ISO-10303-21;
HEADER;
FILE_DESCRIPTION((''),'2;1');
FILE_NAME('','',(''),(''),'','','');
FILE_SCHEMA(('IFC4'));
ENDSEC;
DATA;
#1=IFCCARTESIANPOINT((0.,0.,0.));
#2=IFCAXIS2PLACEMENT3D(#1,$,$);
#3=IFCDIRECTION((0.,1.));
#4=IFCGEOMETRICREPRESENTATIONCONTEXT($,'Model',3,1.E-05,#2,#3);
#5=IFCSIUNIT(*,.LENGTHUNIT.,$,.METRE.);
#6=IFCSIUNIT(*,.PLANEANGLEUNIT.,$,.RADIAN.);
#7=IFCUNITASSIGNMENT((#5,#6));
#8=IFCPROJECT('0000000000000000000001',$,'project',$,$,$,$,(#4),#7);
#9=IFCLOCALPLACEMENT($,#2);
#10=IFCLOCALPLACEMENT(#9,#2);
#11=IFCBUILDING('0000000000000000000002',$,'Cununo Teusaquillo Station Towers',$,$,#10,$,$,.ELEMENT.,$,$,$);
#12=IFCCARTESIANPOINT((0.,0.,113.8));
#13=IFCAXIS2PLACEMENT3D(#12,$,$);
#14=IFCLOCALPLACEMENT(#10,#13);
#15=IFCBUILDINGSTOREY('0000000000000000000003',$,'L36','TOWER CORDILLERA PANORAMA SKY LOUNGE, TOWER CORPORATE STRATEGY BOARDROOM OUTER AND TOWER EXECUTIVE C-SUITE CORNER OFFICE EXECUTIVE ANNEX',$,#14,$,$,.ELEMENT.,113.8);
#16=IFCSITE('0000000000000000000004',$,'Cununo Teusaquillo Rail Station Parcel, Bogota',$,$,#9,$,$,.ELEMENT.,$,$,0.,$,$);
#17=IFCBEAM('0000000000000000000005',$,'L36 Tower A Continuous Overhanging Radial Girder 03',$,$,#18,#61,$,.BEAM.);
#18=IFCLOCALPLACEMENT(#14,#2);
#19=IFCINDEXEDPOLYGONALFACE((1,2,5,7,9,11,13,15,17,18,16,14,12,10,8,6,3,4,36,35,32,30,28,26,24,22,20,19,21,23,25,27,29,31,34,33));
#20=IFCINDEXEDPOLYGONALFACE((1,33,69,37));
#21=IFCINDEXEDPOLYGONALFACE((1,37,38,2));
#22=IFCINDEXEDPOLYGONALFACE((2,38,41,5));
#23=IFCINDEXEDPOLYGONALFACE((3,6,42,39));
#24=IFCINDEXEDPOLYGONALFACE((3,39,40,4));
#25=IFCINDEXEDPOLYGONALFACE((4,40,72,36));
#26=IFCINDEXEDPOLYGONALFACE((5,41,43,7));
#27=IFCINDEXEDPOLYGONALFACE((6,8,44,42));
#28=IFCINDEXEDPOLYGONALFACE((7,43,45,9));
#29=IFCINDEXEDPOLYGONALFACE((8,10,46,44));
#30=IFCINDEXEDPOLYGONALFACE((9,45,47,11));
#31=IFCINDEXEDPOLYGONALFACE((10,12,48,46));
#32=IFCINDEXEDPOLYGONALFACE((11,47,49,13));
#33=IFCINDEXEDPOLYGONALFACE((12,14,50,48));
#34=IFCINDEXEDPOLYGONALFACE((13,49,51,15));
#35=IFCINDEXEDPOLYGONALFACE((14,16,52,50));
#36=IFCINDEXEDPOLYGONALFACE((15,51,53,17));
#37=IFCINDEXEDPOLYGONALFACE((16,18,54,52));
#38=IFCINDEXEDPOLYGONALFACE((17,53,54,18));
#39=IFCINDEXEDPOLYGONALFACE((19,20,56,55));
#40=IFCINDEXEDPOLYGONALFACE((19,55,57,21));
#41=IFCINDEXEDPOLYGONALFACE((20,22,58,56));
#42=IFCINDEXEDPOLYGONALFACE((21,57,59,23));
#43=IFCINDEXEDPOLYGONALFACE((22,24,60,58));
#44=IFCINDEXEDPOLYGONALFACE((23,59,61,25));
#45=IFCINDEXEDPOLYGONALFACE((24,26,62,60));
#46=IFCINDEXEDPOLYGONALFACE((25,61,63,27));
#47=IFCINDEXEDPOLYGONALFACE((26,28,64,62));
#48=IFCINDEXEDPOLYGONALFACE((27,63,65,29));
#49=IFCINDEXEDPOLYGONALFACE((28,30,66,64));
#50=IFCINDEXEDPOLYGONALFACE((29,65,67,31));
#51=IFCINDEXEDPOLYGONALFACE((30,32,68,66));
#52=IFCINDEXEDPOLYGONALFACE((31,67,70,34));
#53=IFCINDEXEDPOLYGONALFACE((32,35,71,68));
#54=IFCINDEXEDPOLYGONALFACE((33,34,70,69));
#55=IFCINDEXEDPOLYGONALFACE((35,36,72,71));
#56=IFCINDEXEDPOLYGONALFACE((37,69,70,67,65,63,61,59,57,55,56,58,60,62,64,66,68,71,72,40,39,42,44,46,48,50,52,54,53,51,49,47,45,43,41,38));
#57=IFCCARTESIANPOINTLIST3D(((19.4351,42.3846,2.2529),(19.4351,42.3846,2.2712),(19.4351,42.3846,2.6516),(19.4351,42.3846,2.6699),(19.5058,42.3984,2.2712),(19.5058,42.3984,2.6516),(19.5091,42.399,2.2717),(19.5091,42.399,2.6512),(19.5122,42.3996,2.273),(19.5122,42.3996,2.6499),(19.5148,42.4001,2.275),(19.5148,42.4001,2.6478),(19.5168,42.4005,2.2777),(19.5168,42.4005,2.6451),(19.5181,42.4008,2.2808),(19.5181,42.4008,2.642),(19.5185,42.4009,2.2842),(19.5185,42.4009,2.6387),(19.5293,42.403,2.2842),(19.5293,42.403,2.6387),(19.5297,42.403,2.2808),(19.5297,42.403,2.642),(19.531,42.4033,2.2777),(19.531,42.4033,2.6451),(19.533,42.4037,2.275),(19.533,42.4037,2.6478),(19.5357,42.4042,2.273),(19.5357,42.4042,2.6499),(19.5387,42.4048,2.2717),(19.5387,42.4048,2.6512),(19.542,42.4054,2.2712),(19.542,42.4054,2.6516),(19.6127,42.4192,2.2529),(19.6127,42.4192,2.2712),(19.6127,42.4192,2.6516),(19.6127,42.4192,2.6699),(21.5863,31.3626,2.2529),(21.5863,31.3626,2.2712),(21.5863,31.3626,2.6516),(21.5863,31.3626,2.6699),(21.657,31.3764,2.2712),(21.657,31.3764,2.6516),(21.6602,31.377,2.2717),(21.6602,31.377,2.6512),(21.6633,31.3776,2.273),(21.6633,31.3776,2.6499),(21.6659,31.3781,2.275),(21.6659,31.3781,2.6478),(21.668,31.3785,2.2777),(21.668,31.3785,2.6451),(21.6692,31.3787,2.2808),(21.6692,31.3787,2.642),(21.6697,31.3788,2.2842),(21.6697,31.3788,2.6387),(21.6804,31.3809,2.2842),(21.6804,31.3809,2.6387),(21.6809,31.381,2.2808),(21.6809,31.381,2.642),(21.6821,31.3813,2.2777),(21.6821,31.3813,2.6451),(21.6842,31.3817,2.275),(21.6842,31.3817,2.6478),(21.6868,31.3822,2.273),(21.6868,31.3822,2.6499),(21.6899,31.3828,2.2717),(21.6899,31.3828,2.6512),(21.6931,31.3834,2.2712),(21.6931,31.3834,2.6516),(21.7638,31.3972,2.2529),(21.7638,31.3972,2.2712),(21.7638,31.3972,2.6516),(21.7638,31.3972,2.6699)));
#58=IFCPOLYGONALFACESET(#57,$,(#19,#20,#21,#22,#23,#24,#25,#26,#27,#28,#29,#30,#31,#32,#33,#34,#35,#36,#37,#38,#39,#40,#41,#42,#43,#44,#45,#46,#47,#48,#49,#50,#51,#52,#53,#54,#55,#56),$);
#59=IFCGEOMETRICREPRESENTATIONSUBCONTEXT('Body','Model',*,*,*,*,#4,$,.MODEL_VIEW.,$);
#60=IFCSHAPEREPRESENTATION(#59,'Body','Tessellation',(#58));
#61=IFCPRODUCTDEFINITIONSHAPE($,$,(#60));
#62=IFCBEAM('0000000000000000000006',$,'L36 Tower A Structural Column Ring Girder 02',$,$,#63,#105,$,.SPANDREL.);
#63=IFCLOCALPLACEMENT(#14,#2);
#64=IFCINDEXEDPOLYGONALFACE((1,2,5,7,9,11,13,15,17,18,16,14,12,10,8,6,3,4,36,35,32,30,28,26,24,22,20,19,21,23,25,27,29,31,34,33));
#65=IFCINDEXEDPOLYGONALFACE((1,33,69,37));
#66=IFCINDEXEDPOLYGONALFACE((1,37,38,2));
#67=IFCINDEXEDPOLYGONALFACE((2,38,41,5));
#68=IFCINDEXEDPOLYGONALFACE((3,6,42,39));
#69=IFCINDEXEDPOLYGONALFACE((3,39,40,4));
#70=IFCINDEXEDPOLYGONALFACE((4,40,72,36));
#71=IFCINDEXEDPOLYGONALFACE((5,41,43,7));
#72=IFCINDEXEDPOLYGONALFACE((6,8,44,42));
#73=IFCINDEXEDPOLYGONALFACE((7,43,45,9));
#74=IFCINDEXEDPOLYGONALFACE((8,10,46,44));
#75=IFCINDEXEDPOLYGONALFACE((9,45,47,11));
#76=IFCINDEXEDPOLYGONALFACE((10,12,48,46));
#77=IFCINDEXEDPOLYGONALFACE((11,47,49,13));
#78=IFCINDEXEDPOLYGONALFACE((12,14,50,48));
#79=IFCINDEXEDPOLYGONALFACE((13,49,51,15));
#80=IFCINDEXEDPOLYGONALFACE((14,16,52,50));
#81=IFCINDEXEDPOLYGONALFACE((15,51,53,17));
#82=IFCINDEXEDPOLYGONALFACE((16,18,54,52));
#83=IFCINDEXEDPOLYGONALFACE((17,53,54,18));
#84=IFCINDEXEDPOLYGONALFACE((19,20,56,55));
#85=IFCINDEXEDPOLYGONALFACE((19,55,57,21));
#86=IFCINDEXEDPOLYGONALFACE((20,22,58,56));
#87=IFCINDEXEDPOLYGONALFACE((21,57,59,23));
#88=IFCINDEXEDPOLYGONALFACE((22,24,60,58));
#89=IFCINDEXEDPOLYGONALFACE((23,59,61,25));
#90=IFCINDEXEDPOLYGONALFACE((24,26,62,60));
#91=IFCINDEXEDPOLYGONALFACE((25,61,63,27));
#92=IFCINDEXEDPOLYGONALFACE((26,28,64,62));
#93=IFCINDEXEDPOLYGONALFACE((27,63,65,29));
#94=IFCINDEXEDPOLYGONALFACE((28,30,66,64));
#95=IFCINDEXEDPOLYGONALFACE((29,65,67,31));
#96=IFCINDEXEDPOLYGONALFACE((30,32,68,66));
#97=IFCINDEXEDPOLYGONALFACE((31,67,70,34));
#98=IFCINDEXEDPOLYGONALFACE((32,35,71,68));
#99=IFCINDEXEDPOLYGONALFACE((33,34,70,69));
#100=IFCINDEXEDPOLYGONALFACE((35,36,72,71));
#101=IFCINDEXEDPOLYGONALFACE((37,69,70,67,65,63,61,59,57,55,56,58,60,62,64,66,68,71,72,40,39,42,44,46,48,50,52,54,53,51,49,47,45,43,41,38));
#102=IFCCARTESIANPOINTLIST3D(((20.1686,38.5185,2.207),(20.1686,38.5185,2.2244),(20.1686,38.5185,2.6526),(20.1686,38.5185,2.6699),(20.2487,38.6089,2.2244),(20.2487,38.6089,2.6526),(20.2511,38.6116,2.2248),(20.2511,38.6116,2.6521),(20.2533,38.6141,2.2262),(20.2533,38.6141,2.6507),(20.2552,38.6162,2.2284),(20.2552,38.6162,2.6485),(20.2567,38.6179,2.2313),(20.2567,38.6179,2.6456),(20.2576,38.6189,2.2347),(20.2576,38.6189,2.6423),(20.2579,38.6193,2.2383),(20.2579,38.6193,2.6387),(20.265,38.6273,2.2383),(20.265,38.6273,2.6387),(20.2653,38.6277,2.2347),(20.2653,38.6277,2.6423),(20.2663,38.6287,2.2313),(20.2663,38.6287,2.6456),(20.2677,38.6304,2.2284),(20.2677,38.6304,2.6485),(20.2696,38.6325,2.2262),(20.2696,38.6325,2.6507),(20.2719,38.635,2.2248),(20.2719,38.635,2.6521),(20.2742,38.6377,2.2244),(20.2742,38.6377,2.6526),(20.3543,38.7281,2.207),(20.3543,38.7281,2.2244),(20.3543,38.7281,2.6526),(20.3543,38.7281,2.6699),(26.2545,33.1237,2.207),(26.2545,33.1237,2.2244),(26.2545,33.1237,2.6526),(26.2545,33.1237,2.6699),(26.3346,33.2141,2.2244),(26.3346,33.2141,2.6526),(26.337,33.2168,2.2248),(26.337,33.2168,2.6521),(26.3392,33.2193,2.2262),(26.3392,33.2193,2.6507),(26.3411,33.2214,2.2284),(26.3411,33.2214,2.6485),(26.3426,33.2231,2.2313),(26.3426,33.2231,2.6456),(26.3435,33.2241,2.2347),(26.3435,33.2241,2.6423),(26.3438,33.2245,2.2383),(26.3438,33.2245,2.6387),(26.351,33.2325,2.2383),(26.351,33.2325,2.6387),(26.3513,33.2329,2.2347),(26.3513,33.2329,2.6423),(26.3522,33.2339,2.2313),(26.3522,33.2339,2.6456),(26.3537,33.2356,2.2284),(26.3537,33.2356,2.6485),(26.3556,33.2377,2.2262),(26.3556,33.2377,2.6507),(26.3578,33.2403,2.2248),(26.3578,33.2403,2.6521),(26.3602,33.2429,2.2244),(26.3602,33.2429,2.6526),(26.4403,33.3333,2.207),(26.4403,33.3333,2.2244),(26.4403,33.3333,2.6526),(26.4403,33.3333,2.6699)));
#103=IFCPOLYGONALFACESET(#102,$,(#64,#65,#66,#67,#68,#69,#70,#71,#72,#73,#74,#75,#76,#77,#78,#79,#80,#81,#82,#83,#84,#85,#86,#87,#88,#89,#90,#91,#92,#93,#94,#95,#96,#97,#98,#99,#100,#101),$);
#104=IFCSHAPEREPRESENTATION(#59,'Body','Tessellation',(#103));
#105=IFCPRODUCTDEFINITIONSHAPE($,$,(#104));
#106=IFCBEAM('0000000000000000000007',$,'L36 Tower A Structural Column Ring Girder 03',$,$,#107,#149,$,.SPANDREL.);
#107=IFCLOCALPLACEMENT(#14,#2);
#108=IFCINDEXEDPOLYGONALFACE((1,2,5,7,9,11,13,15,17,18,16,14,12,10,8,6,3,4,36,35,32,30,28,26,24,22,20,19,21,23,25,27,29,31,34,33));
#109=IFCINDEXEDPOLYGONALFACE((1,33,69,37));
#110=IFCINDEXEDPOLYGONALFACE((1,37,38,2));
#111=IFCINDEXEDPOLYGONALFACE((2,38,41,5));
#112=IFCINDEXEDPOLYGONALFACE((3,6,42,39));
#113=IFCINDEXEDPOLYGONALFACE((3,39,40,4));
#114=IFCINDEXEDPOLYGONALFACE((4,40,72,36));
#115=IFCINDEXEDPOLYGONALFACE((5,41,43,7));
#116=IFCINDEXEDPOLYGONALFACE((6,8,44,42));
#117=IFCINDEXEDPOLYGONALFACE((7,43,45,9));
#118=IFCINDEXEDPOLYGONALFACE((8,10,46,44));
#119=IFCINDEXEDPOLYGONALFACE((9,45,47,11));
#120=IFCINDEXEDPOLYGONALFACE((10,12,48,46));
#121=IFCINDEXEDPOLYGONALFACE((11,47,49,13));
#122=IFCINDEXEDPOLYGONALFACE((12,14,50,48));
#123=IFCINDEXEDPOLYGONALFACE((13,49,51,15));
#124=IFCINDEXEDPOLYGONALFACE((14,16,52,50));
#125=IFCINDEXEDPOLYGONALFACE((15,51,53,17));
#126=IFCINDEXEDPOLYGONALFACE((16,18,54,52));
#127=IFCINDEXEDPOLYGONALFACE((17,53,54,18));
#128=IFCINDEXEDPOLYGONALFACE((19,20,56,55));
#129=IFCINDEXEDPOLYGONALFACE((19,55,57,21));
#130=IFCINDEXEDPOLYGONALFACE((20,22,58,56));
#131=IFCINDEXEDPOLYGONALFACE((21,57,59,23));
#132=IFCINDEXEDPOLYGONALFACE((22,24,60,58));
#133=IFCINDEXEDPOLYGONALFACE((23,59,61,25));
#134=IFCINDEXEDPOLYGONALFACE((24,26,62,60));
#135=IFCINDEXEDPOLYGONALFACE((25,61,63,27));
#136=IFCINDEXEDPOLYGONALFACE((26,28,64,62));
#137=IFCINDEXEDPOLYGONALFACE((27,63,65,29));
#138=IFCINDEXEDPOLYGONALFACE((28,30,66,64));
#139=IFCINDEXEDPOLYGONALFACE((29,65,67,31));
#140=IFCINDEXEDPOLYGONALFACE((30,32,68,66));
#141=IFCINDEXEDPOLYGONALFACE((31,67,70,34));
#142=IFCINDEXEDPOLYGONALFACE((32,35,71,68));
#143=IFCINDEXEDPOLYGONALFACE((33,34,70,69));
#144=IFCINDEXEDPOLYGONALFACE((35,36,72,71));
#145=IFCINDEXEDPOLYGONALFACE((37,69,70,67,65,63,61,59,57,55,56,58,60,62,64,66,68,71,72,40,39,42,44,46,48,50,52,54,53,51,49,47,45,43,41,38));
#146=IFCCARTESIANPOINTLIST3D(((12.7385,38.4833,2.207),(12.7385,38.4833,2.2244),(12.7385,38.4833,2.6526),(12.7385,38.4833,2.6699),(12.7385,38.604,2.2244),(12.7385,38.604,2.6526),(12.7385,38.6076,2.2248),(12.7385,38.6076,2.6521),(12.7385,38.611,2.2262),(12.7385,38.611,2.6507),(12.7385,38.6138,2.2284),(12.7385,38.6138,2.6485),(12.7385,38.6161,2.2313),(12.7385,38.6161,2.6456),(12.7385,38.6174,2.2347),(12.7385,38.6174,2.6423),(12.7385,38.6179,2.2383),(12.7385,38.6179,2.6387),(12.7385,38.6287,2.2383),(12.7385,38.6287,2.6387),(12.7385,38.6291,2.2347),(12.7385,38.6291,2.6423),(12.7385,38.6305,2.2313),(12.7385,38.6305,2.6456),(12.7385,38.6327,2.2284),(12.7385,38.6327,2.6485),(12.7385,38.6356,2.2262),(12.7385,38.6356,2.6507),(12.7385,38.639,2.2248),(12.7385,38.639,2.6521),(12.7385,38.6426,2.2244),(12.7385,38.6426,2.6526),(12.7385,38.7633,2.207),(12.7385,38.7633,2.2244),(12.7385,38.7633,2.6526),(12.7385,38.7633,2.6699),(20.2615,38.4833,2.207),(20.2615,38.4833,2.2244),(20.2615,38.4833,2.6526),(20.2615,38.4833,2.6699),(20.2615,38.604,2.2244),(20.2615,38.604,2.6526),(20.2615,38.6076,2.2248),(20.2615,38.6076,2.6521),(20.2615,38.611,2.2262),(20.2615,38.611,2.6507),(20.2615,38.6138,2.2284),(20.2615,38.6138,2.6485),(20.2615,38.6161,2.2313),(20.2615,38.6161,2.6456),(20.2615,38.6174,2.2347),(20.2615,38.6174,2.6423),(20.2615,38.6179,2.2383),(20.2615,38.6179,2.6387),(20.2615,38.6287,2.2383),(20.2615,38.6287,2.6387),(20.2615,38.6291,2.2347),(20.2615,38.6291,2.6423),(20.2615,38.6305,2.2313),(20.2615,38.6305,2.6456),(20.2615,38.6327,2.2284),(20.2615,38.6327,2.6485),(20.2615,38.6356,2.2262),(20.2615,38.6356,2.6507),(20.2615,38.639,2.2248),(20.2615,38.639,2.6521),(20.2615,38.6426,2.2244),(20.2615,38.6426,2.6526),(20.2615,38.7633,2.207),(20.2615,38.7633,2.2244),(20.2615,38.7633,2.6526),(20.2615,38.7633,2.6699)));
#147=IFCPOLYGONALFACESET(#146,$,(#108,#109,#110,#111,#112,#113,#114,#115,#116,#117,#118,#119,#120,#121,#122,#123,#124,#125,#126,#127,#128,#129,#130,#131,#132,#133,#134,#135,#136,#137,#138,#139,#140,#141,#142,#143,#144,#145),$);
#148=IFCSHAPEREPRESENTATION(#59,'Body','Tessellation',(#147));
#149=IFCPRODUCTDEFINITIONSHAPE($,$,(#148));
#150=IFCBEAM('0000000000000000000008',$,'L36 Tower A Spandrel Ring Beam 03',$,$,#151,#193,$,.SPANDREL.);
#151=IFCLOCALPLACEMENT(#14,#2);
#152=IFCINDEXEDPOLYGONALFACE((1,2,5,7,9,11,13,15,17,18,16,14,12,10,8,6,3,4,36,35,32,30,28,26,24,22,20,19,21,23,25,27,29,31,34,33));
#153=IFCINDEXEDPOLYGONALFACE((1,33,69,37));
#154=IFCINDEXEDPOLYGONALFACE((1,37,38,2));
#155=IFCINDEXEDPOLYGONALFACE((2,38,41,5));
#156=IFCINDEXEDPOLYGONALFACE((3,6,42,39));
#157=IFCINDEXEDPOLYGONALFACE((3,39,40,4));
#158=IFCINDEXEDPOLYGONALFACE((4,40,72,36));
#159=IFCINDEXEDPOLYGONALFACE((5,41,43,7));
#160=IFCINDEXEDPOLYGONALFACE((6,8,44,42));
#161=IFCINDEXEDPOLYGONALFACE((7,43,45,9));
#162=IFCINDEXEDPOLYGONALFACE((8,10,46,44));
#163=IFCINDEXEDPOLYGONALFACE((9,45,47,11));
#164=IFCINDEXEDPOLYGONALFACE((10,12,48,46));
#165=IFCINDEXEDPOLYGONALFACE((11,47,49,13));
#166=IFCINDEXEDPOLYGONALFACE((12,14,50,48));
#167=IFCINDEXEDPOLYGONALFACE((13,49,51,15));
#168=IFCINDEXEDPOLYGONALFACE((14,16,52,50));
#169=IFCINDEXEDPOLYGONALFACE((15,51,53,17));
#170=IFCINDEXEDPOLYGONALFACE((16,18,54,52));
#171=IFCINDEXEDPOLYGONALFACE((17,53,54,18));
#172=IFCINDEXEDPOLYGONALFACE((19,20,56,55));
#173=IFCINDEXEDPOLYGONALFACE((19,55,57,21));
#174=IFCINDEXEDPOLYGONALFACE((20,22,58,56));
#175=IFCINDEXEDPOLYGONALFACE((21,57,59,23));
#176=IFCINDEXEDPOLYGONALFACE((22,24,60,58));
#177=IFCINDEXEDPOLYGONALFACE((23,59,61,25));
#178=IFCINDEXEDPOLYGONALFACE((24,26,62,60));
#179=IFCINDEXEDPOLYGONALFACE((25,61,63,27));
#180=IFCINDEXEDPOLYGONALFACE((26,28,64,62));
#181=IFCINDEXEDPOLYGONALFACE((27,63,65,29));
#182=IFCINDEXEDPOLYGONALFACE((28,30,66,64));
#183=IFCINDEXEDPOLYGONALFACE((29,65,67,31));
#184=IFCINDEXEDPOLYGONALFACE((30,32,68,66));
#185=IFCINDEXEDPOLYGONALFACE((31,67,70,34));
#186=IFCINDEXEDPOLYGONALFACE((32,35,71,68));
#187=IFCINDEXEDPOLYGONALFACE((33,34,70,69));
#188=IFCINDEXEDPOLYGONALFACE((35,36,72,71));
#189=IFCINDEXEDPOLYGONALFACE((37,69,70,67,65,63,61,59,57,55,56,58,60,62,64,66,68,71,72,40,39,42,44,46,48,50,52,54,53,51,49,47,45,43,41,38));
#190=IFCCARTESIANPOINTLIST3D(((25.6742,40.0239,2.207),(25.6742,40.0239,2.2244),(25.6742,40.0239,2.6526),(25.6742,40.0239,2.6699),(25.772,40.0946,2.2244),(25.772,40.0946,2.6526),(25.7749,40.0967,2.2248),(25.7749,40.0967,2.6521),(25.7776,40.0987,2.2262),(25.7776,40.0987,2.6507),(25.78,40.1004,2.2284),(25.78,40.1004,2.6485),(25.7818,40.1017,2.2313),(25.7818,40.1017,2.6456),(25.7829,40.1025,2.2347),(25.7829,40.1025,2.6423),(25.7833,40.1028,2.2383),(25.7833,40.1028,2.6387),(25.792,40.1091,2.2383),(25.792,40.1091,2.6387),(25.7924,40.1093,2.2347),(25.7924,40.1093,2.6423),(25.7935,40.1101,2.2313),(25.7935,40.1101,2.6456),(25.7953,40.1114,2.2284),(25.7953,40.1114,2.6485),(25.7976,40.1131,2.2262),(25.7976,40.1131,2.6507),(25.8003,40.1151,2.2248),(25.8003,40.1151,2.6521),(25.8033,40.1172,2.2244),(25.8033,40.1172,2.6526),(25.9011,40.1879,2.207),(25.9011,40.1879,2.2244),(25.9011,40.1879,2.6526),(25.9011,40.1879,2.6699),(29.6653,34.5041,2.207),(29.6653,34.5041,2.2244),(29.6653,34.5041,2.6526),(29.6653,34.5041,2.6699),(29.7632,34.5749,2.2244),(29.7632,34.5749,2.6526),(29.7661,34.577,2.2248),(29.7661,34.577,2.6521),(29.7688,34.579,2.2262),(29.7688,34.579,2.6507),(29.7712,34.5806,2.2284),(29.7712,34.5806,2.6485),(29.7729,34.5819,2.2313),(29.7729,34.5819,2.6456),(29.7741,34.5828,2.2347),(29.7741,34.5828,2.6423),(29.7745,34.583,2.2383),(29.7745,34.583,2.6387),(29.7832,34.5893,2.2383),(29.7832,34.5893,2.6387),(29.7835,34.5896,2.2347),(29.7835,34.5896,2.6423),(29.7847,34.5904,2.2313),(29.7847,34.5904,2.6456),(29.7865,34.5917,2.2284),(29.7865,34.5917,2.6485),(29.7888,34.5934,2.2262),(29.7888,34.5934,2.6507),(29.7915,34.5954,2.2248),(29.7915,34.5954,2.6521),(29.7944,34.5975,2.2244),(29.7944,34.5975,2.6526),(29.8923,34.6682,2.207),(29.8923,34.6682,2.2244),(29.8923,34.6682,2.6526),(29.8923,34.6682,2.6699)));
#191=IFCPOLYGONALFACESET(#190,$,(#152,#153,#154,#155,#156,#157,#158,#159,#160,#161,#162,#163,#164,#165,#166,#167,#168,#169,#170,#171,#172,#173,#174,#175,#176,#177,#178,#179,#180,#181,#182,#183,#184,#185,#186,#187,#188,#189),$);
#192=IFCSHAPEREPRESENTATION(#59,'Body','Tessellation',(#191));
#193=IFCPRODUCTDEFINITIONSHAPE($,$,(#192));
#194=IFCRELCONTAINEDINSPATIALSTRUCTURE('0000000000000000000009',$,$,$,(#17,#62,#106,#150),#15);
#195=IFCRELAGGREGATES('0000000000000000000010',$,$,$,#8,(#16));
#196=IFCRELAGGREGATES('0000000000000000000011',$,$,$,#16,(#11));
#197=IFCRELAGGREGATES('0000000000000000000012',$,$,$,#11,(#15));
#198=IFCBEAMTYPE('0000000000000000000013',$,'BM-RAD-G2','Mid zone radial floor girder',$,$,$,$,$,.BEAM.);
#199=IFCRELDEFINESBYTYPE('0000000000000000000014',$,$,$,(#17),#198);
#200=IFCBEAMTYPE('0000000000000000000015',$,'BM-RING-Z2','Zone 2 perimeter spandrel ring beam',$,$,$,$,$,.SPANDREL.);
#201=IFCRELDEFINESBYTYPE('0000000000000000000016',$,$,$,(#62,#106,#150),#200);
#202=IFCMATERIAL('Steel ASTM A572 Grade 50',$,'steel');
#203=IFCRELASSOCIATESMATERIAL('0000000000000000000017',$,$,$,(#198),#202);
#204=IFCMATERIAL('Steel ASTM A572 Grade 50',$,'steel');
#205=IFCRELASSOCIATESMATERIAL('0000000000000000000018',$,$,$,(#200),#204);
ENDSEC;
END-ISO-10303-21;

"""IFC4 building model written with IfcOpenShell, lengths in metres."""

from ifc_helpers import new_model, si_unit, direction, frame, origin, origin_2d, place, context, subcontext, project, spatial, i_section, extrude, material, material_profile, profile_set, type_object, element, save


model = new_model("IFC4")

# Units and contexts
model_context = context("Model", 3, precision=1e-05, world=origin(), true_north=direction((0.0, 1.0)))
body_context = subcontext(model_context, "Body", "Model", "MODEL_VIEW")
ifc_project = project(units=[si_unit("LENGTHUNIT", "METRE"), si_unit("PLANEANGLEUNIT", "RADIAN")], contexts=[model_context])

# Site, building, storey
site_placement = place(None, origin())
site = spatial("IfcSite", under=ifc_project, at=site_placement, Name="Cununo Teusaquillo Rail Station Parcel, Bogota", CompositionType="ELEMENT", RefElevation=0.0)
building_placement = place(site_placement, origin())
building = spatial("IfcBuilding", under=site, at=building_placement, Name="Cununo Teusaquillo Station Towers", CompositionType="ELEMENT")
storey_placement = place(building_placement, frame((0.0, 0.0, 113.8)))
storey = spatial("IfcBuildingStorey", under=building, at=storey_placement, Name="L36", Description="TOWER CORDILLERA PANORAMA SKY LOUNGE, TOWER CORPORATE STRATEGY BOARDROOM OUTER AND TOWER EXECUTIVE C-SUITE CORNER OFFICE EXECUTIVE ANNEX", CompositionType="ELEMENT", Elevation=113.8)

# Beams
ifc_material_1 = material(Name="Steel ASTM A572 Grade 50", Category="steel")
ifc_material_profile_1 = material_profile(ifc_material_1, i_section(OverallWidth=0.1809, OverallDepth=0.417, WebThickness=0.011, FlangeThickness=0.0183, FilletRadius=0.0129, at=origin_2d()), Name="W16X57")
ifc_profile_set_1 = profile_set([ifc_material_profile_1], Name="Steel ASTM A572 Grade 50")
beam_type_1 = type_object("IfcBeamType", Name="BM-RAD-G2", Description="Mid zone radial floor girder", PredefinedType="BEAM", material=ifc_profile_set_1)
beam_1_placement = place(storey_placement, frame((21.675, 31.3799, 2.4614), z_axis=(-0.191553, 0.981482, 0.0), x_axis=(-0.981482, -0.191553, 0.0)))
element("IfcBeam", 1, at=beam_1_placement, inside=storey, type_object=beam_type_1, Name="L36 Tower A Continuous Overhanging Radial Girder 03", PredefinedType="BEAM", context=body_context, shape_type="SweptSolid", body=[
    extrude(i_section(OverallWidth=0.1809, OverallDepth=0.417, WebThickness=0.011, FlangeThickness=0.0183, FilletRadius=0.0129, at=origin_2d()), origin(), (0.0, 0.0, 1.0), 11.23),
])
ifc_material_2 = material(Name="Steel ASTM A572 Grade 50", Category="steel")
ifc_material_profile_2 = material_profile(ifc_material_2, i_section(OverallWidth=0.28, OverallDepth=0.4629, WebThickness=0.0107, FlangeThickness=0.0173, FilletRadius=0.0139, at=origin_2d()), Name="W18X76")
ifc_profile_set_2 = profile_set([ifc_material_profile_2], Name="Steel ASTM A572 Grade 50")
beam_type_2 = type_object("IfcBeamType", Name="BM-RING-Z2", Description="Zone 2 perimeter spandrel ring beam", PredefinedType="SPANDREL", material=ifc_profile_set_2)
beam_2_placement = place(storey_placement, frame((26.3474, 33.2285, 2.4385), z_axis=(-0.748321, 0.663337, 0.0), x_axis=(-0.663337, -0.748321, 0.0)))
element("IfcBeam", 2, at=beam_2_placement, inside=storey, type_object=beam_type_2, Name="L36 Tower A Structural Column Ring Girder 02", PredefinedType="SPANDREL", context=body_context, shape_type="SweptSolid", body=[
    extrude(i_section(OverallWidth=0.28, OverallDepth=0.4629, WebThickness=0.0107, FlangeThickness=0.0173, FilletRadius=0.0139, at=origin_2d()), origin(), (0.0, 0.0, 1.0), 8.1328),
])
beam_3_placement = place(storey_placement, frame((20.2615, 38.6233, 2.4385), z_axis=(-1.0, 0.0, 0.0), x_axis=(0.0, -1.0, 0.0)))
element("IfcBeam", 3, at=beam_3_placement, inside=storey, type_object=beam_type_2, Name="L36 Tower A Structural Column Ring Girder 03", PredefinedType="SPANDREL", context=body_context, shape_type="SweptSolid", body=[
    extrude(i_section(OverallWidth=0.28, OverallDepth=0.4629, WebThickness=0.0107, FlangeThickness=0.0173, FilletRadius=0.0139, at=origin_2d()), origin(), (0.0, 0.0, 1.0), 7.5229),
])
beam_4_placement = place(storey_placement, frame((29.7788, 34.5862, 2.4385), z_axis=(-0.585945, 0.810351, 0.0), x_axis=(-0.810351, -0.585945, 0.0)))
element("IfcBeam", 4, at=beam_4_placement, inside=storey, type_object=beam_type_2, Name="L36 Tower A Spandrel Ring Beam 03", PredefinedType="SPANDREL", context=body_context, shape_type="SweptSolid", body=[
    extrude(i_section(OverallWidth=0.28, OverallDepth=0.4629, WebThickness=0.0107, FlangeThickness=0.0173, FilletRadius=0.0139, at=origin_2d()), origin(), (0.0, 0.0, 1.0), 6.8115),
])

save(model, "model.ifc")
